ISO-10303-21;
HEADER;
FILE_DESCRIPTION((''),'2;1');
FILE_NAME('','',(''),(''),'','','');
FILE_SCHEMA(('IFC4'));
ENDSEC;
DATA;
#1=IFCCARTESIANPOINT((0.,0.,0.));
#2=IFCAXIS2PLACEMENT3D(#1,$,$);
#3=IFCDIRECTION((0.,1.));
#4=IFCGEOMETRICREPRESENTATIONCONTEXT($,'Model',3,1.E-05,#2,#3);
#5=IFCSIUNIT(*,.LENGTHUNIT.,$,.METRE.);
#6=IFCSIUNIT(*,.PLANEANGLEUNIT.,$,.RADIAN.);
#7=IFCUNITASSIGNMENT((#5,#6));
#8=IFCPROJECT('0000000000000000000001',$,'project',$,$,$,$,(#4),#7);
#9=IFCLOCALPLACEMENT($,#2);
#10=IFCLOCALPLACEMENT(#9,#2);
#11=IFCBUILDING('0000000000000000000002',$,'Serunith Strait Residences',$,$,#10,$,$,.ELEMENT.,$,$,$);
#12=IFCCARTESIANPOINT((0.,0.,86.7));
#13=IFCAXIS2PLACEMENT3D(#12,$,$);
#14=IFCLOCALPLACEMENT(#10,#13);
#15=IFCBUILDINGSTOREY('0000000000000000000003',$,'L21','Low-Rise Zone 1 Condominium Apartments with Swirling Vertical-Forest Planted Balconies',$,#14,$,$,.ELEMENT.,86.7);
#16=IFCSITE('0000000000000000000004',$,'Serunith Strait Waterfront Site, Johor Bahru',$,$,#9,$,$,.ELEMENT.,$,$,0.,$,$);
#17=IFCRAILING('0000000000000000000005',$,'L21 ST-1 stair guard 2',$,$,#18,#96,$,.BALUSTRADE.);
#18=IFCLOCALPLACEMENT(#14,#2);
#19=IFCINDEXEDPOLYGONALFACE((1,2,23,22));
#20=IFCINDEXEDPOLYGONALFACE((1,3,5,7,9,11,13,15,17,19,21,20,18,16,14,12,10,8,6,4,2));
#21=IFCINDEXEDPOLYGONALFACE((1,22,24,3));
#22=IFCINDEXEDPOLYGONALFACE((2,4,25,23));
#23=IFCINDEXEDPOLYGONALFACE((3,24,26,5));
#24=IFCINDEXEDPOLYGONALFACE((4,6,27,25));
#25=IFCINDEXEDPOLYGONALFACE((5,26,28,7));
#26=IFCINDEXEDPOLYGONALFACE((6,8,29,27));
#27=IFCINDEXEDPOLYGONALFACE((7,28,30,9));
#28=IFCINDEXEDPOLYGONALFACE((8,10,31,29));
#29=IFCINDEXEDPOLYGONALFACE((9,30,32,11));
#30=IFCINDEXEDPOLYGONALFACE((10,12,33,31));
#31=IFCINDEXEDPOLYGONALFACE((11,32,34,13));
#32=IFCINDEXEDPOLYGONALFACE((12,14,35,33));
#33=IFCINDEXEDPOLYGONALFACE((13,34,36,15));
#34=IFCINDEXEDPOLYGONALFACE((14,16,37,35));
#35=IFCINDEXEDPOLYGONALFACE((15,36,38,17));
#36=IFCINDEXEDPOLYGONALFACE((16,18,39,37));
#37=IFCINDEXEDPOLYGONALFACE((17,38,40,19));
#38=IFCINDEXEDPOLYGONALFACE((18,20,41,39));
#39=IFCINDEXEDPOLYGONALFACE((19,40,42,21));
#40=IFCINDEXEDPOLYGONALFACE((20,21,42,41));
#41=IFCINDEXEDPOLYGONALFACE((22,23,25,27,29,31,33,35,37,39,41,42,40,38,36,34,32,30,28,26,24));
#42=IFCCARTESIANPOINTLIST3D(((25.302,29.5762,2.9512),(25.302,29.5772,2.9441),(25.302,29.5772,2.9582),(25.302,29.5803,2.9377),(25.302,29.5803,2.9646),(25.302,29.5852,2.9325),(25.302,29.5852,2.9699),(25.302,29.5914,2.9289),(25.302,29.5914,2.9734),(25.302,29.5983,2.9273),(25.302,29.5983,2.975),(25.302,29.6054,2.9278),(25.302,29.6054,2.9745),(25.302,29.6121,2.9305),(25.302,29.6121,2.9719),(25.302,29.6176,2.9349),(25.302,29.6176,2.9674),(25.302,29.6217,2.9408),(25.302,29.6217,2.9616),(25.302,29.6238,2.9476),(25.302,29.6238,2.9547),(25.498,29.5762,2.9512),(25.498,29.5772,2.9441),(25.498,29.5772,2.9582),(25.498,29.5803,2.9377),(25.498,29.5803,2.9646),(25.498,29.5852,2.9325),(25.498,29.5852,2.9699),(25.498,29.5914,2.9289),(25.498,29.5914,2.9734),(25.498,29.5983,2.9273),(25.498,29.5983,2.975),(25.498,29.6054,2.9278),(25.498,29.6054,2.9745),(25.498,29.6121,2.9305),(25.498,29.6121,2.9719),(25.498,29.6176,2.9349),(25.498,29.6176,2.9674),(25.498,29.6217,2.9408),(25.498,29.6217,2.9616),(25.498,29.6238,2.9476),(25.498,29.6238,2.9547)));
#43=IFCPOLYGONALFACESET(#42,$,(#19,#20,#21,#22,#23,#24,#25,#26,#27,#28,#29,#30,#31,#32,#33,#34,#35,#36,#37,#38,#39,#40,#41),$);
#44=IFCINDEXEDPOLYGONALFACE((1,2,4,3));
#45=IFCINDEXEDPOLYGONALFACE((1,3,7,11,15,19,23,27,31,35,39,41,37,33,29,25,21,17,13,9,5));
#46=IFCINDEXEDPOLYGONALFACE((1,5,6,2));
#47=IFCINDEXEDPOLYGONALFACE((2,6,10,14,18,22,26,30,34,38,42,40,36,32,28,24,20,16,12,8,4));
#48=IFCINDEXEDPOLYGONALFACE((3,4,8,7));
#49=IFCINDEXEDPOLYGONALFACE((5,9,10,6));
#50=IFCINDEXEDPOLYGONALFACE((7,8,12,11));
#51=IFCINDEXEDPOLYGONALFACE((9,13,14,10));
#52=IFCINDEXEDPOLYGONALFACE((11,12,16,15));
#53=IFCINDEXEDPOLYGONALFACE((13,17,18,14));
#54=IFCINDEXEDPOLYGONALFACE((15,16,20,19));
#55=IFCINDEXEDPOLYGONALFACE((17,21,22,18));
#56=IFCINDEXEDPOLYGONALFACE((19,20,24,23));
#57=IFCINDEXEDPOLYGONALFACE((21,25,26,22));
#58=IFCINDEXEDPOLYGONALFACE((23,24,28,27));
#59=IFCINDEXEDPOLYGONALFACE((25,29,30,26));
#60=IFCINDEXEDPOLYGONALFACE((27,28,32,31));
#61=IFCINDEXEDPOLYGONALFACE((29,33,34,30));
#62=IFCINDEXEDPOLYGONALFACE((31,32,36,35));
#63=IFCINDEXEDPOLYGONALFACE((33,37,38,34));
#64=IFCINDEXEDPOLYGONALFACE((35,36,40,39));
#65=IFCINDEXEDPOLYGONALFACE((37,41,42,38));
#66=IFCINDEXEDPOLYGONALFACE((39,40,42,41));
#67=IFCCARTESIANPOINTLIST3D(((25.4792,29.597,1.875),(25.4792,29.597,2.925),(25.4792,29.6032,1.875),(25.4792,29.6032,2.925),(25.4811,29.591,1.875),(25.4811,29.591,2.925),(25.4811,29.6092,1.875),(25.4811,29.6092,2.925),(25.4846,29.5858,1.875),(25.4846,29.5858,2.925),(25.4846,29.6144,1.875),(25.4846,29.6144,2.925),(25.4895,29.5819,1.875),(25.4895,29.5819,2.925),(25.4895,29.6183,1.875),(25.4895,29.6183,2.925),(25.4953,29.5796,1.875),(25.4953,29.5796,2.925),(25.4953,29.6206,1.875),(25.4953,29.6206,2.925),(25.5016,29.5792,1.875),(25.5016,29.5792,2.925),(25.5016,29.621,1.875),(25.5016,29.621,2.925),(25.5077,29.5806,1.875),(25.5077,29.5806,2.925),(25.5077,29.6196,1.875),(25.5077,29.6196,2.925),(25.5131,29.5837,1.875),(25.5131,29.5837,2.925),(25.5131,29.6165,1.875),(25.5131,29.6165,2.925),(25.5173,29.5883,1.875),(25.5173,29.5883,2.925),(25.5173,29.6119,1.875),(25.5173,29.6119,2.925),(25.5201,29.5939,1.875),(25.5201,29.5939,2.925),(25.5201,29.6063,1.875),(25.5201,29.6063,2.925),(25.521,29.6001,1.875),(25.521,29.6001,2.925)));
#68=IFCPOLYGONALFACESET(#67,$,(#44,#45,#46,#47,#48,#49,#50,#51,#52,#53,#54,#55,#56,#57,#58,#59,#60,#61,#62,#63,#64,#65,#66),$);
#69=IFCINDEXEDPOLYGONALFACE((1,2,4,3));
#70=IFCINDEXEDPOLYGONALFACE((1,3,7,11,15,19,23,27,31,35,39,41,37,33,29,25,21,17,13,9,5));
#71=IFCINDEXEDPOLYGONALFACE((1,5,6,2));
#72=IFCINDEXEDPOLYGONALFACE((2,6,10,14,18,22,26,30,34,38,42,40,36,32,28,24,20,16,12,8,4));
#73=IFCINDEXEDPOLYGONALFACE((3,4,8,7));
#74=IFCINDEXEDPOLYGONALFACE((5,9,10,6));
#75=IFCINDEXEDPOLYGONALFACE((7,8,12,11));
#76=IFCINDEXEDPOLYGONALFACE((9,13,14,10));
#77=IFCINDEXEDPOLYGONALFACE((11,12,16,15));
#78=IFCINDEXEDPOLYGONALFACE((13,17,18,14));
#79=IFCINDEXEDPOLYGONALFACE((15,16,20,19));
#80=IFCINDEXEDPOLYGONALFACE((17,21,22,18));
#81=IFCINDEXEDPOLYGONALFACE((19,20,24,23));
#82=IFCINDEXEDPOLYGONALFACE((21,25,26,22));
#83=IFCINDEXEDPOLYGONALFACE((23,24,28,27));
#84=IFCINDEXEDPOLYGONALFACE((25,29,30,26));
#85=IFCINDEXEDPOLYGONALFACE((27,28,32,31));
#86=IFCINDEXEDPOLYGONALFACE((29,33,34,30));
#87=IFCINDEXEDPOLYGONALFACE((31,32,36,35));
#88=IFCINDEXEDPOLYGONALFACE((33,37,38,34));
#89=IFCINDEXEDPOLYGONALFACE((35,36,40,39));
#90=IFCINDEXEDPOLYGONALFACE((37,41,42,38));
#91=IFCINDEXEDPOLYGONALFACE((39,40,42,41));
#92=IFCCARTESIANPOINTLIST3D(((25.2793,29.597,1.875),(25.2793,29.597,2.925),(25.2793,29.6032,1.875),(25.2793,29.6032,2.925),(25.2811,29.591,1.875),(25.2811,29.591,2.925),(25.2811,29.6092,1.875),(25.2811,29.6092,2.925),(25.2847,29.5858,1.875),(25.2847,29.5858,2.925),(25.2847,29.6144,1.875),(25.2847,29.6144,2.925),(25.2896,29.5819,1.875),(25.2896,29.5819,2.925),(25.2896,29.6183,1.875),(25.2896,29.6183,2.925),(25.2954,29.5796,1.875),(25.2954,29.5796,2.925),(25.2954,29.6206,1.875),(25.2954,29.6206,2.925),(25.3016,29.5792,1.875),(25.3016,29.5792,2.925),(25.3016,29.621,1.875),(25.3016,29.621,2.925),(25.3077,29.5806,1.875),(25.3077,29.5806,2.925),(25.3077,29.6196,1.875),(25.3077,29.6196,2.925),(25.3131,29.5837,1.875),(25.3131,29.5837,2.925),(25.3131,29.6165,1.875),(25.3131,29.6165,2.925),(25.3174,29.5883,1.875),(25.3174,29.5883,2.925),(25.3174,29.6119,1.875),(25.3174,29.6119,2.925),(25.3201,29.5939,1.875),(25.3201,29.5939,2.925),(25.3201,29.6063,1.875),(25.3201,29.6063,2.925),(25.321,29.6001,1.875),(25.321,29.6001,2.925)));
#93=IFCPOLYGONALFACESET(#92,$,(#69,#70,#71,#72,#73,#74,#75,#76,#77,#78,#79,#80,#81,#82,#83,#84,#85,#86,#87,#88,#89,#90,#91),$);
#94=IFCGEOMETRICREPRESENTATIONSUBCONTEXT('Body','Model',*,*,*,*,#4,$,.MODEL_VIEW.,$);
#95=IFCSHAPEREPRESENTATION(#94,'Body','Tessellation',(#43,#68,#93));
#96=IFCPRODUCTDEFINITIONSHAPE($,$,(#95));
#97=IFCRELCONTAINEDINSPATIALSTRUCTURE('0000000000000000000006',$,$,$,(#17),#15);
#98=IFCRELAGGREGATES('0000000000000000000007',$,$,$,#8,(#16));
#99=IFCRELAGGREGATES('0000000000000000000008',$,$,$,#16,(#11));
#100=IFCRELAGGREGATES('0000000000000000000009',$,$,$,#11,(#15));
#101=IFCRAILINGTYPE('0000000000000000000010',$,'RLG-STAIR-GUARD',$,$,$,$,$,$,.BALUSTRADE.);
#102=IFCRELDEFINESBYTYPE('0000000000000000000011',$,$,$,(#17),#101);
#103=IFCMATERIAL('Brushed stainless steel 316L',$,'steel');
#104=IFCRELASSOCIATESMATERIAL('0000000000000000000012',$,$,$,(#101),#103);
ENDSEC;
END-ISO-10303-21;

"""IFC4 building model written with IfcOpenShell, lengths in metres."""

from ifc_helpers import new_model, si_unit, direction, frame, origin, origin_2d, place, context, subcontext, project, spatial, circle, extrude, material, type_object, element, save


model = new_model("IFC4")

# Units and contexts
model_context = context("Model", 3, precision=1e-05, world=origin(), true_north=direction((0.0, 1.0)))
body_context = subcontext(model_context, "Body", "Model", "MODEL_VIEW")
ifc_project = project(units=[si_unit("LENGTHUNIT", "METRE"), si_unit("PLANEANGLEUNIT", "RADIAN")], contexts=[model_context])

# Site, building, storey
site_placement = place(None, origin())
site = spatial("IfcSite", under=ifc_project, at=site_placement, Name="Serunith Strait Waterfront Site, Johor Bahru", CompositionType="ELEMENT", RefElevation=0.0)
building_placement = place(site_placement, origin())
building = spatial("IfcBuilding", under=site, at=building_placement, Name="Serunith Strait Residences", CompositionType="ELEMENT")
storey_placement = place(building_placement, frame((0.0, 0.0, 86.7)))
storey = spatial("IfcBuildingStorey", under=building, at=storey_placement, Name="L21", Description="Low-Rise Zone 1 Condominium Apartments with Swirling Vertical-Forest Planted Balconies", CompositionType="ELEMENT", Elevation=86.7)

# Railing
ifc_material_1 = material(Name="Brushed stainless steel 316L", Category="steel")
railing_type_1 = type_object("IfcRailingType", Name="RLG-STAIR-GUARD", PredefinedType="BALUSTRADE", material=ifc_material_1)
railing_1_placement = place(storey_placement, frame((25.5, 29.6001, 1.875)))
element("IfcRailing", 1, at=railing_1_placement, inside=storey, type_object=railing_type_1, Name="L21 ST-1 stair guard 2", PredefinedType="BALUSTRADE", context=body_context, shape_type="SweptSolid", body=[
    extrude(circle(Radius=0.0239, at=origin_2d()), frame((-0.002, 0.0, 1.0762), z_axis=(-1.0, 0.0, 0.0), x_axis=(0.0, -1.0, 0.0)), (0.0, 0.0, 1.0), 0.196),
    extrude(circle(Radius=0.021, at=origin_2d()), origin(), (0.0, 0.0, 1.0), 1.05),
    extrude(circle(Radius=0.021, at=origin_2d()), frame((-0.2, 0.0, 0.0)), (0.0, 0.0, 1.0), 1.05),
])

save(model, "model.ifc")
